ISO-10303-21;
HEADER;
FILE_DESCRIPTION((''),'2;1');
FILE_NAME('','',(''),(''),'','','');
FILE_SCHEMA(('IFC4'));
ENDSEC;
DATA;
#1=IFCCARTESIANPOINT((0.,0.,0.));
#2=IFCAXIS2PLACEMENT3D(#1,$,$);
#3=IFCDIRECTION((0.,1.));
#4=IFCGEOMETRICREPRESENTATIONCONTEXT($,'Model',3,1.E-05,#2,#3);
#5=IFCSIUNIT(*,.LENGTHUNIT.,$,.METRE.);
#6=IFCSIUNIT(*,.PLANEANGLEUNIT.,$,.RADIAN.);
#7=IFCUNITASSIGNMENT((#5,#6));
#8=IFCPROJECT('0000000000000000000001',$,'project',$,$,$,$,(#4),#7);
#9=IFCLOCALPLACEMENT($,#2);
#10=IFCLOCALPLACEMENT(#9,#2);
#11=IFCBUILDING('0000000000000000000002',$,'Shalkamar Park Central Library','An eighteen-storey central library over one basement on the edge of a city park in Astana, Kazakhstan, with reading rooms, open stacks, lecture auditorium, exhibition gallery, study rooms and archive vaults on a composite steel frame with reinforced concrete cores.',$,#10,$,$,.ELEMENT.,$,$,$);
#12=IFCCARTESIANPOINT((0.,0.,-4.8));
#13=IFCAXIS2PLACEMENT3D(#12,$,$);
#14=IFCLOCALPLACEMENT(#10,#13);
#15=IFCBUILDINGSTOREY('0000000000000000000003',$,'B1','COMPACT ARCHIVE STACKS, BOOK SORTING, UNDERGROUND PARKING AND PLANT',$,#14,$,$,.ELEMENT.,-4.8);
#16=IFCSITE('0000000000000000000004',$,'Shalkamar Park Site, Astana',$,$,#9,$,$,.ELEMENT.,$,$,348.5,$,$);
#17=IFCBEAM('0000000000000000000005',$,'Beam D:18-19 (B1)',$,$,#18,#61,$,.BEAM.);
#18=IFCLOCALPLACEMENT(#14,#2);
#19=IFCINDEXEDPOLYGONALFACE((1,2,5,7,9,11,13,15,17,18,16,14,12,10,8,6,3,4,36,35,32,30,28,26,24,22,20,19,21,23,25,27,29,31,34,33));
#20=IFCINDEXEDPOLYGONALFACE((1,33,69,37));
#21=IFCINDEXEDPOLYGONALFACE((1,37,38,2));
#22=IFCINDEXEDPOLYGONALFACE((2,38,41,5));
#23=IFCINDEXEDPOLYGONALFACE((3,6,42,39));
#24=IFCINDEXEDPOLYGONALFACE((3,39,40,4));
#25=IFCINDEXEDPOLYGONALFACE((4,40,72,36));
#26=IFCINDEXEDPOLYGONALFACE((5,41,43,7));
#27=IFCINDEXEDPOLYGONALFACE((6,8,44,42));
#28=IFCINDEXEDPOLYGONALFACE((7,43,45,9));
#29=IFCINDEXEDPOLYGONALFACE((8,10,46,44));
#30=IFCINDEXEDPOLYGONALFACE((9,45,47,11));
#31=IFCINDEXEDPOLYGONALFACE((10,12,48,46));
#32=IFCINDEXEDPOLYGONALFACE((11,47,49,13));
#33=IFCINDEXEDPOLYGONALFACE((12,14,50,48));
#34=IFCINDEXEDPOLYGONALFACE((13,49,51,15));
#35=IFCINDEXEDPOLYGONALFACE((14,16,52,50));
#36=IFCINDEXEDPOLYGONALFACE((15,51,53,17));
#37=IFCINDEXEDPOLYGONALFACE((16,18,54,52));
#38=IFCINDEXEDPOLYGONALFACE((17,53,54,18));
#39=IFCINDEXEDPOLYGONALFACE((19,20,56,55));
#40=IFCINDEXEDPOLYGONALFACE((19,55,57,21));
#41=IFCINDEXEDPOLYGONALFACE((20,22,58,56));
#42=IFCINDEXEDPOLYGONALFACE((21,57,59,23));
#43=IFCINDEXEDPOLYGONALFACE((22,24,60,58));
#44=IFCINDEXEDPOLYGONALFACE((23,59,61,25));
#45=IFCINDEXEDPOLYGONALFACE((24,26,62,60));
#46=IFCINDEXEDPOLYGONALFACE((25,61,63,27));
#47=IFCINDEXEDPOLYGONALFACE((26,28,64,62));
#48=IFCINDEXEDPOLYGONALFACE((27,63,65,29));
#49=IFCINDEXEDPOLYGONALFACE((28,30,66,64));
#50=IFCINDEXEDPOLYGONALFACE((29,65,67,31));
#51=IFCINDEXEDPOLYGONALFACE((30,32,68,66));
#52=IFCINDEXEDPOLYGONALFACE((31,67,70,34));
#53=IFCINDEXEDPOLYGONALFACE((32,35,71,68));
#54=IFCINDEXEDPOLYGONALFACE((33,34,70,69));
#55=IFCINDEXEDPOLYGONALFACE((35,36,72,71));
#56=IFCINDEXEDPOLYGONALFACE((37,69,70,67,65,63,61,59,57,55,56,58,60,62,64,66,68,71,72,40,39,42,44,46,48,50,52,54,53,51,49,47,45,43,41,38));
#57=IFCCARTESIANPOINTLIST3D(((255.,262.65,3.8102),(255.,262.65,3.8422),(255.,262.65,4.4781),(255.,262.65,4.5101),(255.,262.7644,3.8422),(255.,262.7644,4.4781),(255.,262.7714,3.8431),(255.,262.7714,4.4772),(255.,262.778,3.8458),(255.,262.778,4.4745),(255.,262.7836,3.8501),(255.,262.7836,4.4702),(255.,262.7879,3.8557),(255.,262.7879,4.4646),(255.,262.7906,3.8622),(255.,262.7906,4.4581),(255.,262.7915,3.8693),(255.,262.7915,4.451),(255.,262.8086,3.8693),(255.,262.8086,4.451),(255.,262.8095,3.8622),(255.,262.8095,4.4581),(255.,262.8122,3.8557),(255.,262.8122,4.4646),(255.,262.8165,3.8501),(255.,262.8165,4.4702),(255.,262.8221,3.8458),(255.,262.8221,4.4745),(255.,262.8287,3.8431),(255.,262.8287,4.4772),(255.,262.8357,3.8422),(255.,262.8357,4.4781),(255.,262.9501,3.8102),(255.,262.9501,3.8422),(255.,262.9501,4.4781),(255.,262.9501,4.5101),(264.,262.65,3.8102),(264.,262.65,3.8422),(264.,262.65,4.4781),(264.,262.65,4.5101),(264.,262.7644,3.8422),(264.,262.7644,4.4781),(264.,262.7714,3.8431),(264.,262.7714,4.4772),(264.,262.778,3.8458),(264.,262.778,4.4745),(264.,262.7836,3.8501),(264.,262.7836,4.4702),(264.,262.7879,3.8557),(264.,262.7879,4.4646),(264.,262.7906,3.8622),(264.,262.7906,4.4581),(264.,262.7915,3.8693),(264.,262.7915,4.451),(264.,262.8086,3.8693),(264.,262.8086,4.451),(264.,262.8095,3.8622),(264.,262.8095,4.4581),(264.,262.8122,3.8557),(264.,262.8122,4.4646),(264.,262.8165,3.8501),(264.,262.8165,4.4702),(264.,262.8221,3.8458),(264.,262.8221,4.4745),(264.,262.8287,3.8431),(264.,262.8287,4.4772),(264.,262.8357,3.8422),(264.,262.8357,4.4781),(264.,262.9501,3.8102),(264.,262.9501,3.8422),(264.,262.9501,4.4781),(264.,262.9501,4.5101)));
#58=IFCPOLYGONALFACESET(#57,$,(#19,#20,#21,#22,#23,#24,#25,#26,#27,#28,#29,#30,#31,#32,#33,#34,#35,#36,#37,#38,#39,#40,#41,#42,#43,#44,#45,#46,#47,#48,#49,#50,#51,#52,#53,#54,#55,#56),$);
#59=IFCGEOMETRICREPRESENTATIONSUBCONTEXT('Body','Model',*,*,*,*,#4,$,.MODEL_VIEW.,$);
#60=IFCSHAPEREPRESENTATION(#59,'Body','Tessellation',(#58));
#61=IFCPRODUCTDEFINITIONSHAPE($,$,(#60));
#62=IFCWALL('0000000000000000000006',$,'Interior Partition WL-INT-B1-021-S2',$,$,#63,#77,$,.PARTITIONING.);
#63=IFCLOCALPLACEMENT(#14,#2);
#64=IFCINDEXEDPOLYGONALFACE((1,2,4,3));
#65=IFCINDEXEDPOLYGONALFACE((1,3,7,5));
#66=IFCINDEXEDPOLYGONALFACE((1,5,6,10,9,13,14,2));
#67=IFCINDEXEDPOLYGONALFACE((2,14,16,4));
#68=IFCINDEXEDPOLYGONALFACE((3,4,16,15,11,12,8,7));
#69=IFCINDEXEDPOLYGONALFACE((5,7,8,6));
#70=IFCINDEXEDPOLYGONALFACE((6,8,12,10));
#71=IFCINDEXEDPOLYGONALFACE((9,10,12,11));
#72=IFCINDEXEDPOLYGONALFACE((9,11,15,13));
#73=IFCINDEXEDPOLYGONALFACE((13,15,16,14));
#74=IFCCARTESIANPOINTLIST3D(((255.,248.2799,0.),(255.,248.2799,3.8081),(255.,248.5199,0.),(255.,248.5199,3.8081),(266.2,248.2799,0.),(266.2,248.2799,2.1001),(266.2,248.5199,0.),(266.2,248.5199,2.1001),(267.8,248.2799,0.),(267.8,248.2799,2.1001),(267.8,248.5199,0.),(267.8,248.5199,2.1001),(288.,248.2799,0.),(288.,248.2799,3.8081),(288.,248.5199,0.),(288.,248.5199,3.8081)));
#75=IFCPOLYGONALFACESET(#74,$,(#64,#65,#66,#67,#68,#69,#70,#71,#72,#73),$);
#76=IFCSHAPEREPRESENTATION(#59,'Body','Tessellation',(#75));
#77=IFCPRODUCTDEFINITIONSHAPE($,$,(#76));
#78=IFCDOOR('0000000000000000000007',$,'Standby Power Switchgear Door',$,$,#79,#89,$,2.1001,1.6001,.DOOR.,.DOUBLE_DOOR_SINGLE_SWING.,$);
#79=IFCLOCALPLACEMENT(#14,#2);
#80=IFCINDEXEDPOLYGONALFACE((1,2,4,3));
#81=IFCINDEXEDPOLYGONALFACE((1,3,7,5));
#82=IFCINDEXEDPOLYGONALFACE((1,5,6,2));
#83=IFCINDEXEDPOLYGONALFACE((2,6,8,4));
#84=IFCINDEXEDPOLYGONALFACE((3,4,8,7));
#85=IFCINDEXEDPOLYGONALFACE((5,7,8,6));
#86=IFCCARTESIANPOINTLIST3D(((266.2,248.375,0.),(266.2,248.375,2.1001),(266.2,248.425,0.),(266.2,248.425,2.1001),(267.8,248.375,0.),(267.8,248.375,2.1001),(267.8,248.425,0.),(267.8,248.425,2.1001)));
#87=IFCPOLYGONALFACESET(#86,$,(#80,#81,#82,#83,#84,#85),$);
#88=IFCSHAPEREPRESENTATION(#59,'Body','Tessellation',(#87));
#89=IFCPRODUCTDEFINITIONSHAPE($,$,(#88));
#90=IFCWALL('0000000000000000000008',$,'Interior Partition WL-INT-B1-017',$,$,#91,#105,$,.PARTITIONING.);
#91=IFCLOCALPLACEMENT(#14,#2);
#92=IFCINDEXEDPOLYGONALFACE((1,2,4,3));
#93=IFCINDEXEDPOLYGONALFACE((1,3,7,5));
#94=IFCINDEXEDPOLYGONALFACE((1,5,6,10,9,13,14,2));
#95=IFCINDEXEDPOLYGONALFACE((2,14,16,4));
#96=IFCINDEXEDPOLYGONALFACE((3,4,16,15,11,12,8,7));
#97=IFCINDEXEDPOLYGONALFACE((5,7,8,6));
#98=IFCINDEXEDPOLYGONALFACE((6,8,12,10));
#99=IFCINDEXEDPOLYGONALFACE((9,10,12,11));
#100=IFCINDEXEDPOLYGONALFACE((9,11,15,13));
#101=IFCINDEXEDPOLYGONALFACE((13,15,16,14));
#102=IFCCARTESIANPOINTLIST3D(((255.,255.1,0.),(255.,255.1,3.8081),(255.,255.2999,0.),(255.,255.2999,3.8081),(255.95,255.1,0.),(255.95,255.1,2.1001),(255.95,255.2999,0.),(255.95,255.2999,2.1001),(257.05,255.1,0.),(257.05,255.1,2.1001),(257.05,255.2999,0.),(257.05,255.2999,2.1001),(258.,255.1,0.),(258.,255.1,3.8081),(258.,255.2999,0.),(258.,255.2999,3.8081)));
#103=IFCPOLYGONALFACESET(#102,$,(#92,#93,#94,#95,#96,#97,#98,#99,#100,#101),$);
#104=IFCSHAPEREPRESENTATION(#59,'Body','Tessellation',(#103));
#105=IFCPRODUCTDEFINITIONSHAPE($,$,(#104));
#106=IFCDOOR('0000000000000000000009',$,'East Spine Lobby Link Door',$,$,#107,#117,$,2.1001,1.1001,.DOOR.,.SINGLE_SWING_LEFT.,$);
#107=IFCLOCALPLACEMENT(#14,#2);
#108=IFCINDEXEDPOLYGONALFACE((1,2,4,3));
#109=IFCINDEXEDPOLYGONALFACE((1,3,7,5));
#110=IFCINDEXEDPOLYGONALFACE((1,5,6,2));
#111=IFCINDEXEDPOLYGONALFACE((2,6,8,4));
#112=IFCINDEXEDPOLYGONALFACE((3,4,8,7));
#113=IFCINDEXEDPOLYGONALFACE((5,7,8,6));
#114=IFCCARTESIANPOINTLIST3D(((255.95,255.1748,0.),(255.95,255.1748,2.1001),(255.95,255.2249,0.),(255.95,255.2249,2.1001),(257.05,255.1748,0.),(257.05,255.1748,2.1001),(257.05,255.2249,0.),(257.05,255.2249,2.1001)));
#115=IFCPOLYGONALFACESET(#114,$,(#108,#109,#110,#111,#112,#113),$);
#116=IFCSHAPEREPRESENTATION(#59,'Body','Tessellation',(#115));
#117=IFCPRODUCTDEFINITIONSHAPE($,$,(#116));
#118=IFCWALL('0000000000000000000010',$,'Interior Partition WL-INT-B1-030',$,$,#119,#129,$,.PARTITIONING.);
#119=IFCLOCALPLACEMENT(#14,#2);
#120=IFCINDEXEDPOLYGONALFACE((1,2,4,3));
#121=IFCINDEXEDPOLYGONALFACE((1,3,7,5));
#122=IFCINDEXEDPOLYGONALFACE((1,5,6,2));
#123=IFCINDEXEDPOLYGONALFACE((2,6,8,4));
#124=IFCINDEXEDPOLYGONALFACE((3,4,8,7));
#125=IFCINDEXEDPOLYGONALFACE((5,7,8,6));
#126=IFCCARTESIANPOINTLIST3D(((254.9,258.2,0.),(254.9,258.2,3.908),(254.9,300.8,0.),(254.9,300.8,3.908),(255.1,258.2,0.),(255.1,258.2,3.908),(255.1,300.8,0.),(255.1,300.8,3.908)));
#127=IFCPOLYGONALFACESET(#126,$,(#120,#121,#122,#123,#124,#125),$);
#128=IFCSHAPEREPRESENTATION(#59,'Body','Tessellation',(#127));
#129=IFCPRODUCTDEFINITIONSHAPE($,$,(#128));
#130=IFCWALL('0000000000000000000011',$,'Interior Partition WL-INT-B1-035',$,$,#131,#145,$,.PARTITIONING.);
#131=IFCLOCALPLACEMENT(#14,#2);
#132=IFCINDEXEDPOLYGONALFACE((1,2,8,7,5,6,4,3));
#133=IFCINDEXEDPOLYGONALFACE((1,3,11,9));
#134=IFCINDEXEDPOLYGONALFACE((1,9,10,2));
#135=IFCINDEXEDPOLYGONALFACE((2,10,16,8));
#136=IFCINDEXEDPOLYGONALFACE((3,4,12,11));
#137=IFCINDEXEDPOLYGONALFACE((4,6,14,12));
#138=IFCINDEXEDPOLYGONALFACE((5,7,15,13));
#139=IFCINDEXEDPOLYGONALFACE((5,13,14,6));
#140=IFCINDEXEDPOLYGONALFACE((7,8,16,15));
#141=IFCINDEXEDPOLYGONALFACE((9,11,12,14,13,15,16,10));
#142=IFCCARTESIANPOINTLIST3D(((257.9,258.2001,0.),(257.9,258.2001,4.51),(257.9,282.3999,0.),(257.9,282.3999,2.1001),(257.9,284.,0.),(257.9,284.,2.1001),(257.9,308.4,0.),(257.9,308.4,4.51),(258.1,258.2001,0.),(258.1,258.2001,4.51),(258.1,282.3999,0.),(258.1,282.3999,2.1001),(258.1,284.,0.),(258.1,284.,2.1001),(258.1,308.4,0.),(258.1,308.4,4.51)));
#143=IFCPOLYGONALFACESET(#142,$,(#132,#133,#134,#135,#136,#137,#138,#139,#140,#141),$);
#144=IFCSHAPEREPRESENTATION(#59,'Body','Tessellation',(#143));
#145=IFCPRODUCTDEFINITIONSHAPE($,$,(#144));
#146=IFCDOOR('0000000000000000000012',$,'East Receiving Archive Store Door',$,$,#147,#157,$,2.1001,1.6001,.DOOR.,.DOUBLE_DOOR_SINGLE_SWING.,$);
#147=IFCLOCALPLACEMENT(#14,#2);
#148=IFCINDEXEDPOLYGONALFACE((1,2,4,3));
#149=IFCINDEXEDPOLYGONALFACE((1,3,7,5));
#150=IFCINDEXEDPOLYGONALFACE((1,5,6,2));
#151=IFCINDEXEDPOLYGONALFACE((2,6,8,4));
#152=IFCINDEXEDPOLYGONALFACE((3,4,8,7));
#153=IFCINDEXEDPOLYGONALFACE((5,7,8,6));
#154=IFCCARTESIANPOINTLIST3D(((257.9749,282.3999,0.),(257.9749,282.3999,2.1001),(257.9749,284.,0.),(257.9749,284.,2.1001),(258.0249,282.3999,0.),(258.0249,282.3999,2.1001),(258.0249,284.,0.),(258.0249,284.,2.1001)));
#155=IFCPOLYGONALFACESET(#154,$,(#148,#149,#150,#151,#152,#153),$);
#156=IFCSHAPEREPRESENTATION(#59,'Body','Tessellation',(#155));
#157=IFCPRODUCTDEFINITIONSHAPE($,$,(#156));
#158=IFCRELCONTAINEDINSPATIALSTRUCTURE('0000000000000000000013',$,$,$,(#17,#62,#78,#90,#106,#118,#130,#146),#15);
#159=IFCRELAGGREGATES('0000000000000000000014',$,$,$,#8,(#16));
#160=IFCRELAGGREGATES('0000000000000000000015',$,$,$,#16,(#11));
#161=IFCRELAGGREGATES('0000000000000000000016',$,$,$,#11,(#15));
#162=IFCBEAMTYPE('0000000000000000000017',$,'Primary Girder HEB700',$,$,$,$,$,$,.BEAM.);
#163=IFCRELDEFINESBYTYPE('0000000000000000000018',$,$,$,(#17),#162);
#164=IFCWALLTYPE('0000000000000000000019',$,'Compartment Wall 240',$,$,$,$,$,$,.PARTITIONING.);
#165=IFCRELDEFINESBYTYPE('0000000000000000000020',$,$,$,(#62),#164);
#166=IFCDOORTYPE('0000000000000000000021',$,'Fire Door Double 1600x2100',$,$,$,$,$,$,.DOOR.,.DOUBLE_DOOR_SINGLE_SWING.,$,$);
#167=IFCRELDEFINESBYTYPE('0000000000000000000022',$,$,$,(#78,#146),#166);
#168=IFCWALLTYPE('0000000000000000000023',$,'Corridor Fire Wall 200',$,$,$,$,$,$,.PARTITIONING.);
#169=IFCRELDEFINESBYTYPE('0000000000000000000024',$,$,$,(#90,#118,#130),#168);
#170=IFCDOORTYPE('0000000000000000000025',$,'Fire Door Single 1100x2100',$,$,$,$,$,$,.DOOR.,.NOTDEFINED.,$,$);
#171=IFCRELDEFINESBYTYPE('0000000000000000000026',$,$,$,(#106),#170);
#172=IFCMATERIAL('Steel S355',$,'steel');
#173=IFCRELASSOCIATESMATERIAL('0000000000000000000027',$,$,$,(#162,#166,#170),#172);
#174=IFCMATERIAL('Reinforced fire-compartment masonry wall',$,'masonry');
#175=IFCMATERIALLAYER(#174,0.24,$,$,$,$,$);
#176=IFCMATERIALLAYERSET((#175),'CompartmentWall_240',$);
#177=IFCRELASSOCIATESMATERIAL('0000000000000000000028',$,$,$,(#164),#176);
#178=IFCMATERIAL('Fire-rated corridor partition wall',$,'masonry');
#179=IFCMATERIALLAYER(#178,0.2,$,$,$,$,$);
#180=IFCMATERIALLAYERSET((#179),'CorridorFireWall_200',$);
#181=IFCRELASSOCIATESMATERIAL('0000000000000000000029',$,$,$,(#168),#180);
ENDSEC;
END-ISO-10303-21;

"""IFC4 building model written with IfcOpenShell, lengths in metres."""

from ifc_helpers import new_model, si_unit, direction, frame, frame_2d, origin, origin_2d, place, context, subcontext, project, spatial, rectangle, i_section, extrude, material, layer, layer_set, material_profile, profile_set, type_object, element, fill, save


model = new_model("IFC4")

# Units and contexts
model_context = context("Model", 3, precision=1e-05, world=origin(), true_north=direction((0.0, 1.0)))
body_context = subcontext(model_context, "Body", "Model", "MODEL_VIEW")
ifc_project = project(units=[si_unit("LENGTHUNIT", "METRE"), si_unit("PLANEANGLEUNIT", "RADIAN")], contexts=[model_context])

# Site, building, storey
site_placement = place(None, origin())
site = spatial("IfcSite", under=ifc_project, at=site_placement, Name="Shalkamar Park Site, Astana", CompositionType="ELEMENT", RefElevation=348.5)
building_placement = place(site_placement, origin())
building = spatial("IfcBuilding", under=site, at=building_placement, Name="Shalkamar Park Central Library", Description="An eighteen-storey central library over one basement on the edge of a city park in Astana, Kazakhstan, with reading rooms, open stacks, lecture auditorium, exhibition gallery, study rooms and archive vaults on a composite steel frame with reinforced concrete cores.", CompositionType="ELEMENT")
storey_placement = place(building_placement, frame((0.0, 0.0, -4.8)))
storey = spatial("IfcBuildingStorey", under=building, at=storey_placement, Name="B1", Description="COMPACT ARCHIVE STACKS, BOOK SORTING, UNDERGROUND PARKING AND PLANT", CompositionType="ELEMENT", Elevation=-4.8)

# Shared definitions
ifc_material_1 = material(Name="Steel S355", Category="steel")

# Beam
ifc_material_profile_1 = material_profile(ifc_material_1, i_section(OverallWidth=0.3, OverallDepth=0.7, WebThickness=0.0171, FlangeThickness=0.032, FilletRadius=0.0271, at=origin_2d()), Name="HEB 700")
ifc_profile_set_1 = profile_set([ifc_material_profile_1], Name="Steel S355")
beam_type_1 = type_object("IfcBeamType", Name="Primary Girder HEB700", PredefinedType="BEAM", material=ifc_profile_set_1)
for number, where, z_axis, x_axis, name in (
    (1, (255.0, 262.8, 4.1602), (1.0, 0.0, 0.0), (0.0, 1.0, 0.0), "Beam D:18-19 (B1)"),
):
    element("IfcBeam", number, at=place(storey_placement, frame(where, z_axis=z_axis, x_axis=x_axis)), inside=storey, type_object=beam_type_1, Name=name, PredefinedType="BEAM", context=body_context, shape_type="SweptSolid", body=[
        extrude(i_section(OverallWidth=0.3, OverallDepth=0.7, WebThickness=0.0171, FlangeThickness=0.032, FilletRadius=0.0271, at=origin_2d()), origin(), (0.0, 0.0, 1.0), 9.0),
    ])

# Walls, openings, doors
ifc_material_2 = material(Name="Reinforced fire-compartment masonry wall", Category="masonry")
ifc_layer_1 = layer(ifc_material_2, 0.24)
ifc_layer_set_1 = layer_set([ifc_layer_1], Name="CompartmentWall_240")
wall_type_1 = type_object("IfcWallType", Name="Compartment Wall 240", PredefinedType="PARTITIONING", material=ifc_layer_set_1)
wall_1_placement = place(storey_placement, frame((255.0, 248.3999, 0.0), z_axis=(0.0, 0.0, 1.0), x_axis=(1.0, 0.0, 0.0)))
wall_1 = element("IfcWall", 2, at=wall_1_placement, inside=storey, type_object=wall_type_1, Name="Interior Partition WL-INT-B1-021-S2", PredefinedType="PARTITIONING", context=body_context, shape_type="SweptSolid", body=[
    extrude(rectangle(XDim=33.0, YDim=0.24, at=frame_2d((16.5, 0.0))), origin(), (0.0, 0.0, 1.0), 3.8081),
])
opening_1_placement = place(wall_1_placement, frame((11.2, 0.0, 0.0)))
opening_1 = element("IfcOpeningElement", 3, at=opening_1_placement, cuts=wall_1, PredefinedType="OPENING", context=body_context, shape_type="SweptSolid", body=[
    extrude(rectangle(XDim=1.6001, YDim=2.1001, at=frame_2d((0.8, 1.05))), frame((0.0, 0.1348, 0.0), z_axis=(0.0, -1.0, 0.0), x_axis=(1.0, 0.0, 0.0)), (0.0, 0.0, 1.0), 0.2698),
])
door_type_1 = type_object("IfcDoorType", Name="Fire Door Double 1600x2100", OperationType="DOUBLE_DOOR_SINGLE_SWING", PredefinedType="DOOR", material=ifc_material_1)
door_1_placement = place(opening_1_placement, frame((1.6001, 0.0, 0.0), z_axis=(0.0, 0.0, 1.0), x_axis=(-1.0, 0.0, 0.0)))
door_1 = element("IfcDoor", 4, at=door_1_placement, inside=storey, type_object=door_type_1, Name="Standby Power Switchgear Door", OperationType="DOUBLE_DOOR_SINGLE_SWING", OverallHeight=2.1001, OverallWidth=1.6001, PredefinedType="DOOR", context=body_context, shape_type="SweptSolid", body=[
    extrude(rectangle(XDim=1.6001, YDim=2.1001, at=frame_2d((0.8, 1.05))), frame((0.0, 0.0249, 0.0), z_axis=(0.0, -1.0, 0.0), x_axis=(1.0, 0.0, 0.0)), (0.0, 0.0, 1.0), 0.05),
])
fill(opening_1, door_1)
ifc_material_3 = material(Name="Fire-rated corridor partition wall", Category="masonry")
ifc_layer_2 = layer(ifc_material_3, 0.2)
ifc_layer_set_2 = layer_set([ifc_layer_2], Name="CorridorFireWall_200")
wall_type_2 = type_object("IfcWallType", Name="Corridor Fire Wall 200", PredefinedType="PARTITIONING", material=ifc_layer_set_2)
wall_2_placement = place(storey_placement, frame((255.0, 255.2, 0.0), z_axis=(0.0, 0.0, 1.0), x_axis=(1.0, 0.0, 0.0)))
wall_2 = element("IfcWall", 5, at=wall_2_placement, inside=storey, type_object=wall_type_2, Name="Interior Partition WL-INT-B1-017", PredefinedType="PARTITIONING", context=body_context, shape_type="SweptSolid", body=[
    extrude(rectangle(XDim=3.0, YDim=0.2, at=frame_2d((1.5, 0.0))), origin(), (0.0, 0.0, 1.0), 3.8081),
])
opening_2_placement = place(wall_2_placement, frame((0.95, 0.0, 0.0)))
opening_2 = element("IfcOpeningElement", 6, at=opening_2_placement, cuts=wall_2, PredefinedType="OPENING", context=body_context, shape_type="SweptSolid", body=[
    extrude(rectangle(XDim=1.1001, YDim=2.1001, at=frame_2d((0.55, 1.05))), frame((0.0, 0.1147, 0.0), z_axis=(0.0, -1.0, 0.0), x_axis=(1.0, 0.0, 0.0)), (0.0, 0.0, 1.0), 0.2297),
])
door_type_2 = type_object("IfcDoorType", Name="Fire Door Single 1100x2100", OperationType="NOTDEFINED", PredefinedType="DOOR", material=ifc_material_1)
door_2_placement = place(opening_2_placement, origin())
door_2 = element("IfcDoor", 7, at=door_2_placement, inside=storey, type_object=door_type_2, Name="East Spine Lobby Link Door", OperationType="SINGLE_SWING_LEFT", OverallHeight=2.1001, OverallWidth=1.1001, PredefinedType="DOOR", context=body_context, shape_type="SweptSolid", body=[
    extrude(rectangle(XDim=1.1001, YDim=2.1001, at=frame_2d((0.55, 1.05))), frame((0.0, 0.0249, 0.0), z_axis=(0.0, -1.0, 0.0), x_axis=(1.0, 0.0, 0.0)), (0.0, 0.0, 1.0), 0.05),
])
fill(opening_2, door_2)

# Wall
wall_3_placement = place(storey_placement, frame((255.0, 258.2, 0.0), z_axis=(0.0, 0.0, 1.0), x_axis=(0.0, 1.0, 0.0)))
element("IfcWall", 8, at=wall_3_placement, inside=storey, type_object=wall_type_2, Name="Interior Partition WL-INT-B1-030", PredefinedType="PARTITIONING", context=body_context, shape_type="SweptSolid", body=[
    extrude(rectangle(XDim=42.6001, YDim=0.2, at=frame_2d((21.3, 0.0))), origin(), (0.0, 0.0, 1.0), 3.908),
])

# Wall, opening, door
wall_4_placement = place(storey_placement, frame((258.0, 258.2, 0.0), z_axis=(0.0, 0.0, 1.0), x_axis=(0.0, 1.0, 0.0)))
wall_4 = element("IfcWall", 9, at=wall_4_placement, inside=storey, type_object=wall_type_2, Name="Interior Partition WL-INT-B1-035", PredefinedType="PARTITIONING", context=body_context, shape_type="SweptSolid", body=[
    extrude(rectangle(XDim=50.2, YDim=0.2, at=frame_2d((25.1001, 0.0))), origin(), (0.0, 0.0, 1.0), 4.51),
])
opening_3_placement = place(wall_4_placement, frame((24.2, 0.0, 0.0)))
opening_3 = element("IfcOpeningElement", 10, at=opening_3_placement, cuts=wall_4, PredefinedType="OPENING", context=body_context, shape_type="SweptSolid", body=[
    extrude(rectangle(XDim=1.6001, YDim=2.1001, at=frame_2d((0.8, 1.05))), frame((0.0, 0.1147, 0.0), z_axis=(0.0, -1.0, 0.0), x_axis=(1.0, 0.0, 0.0)), (0.0, 0.0, 1.0), 0.2297),
])
door_3_placement = place(opening_3_placement, frame((1.6001, 0.0, 0.0), z_axis=(0.0, 0.0, 1.0), x_axis=(-1.0, 0.0, 0.0)))
door_3 = element("IfcDoor", 11, at=door_3_placement, inside=storey, type_object=door_type_1, Name="East Receiving Archive Store Door", OperationType="DOUBLE_DOOR_SINGLE_SWING", OverallHeight=2.1001, OverallWidth=1.6001, PredefinedType="DOOR", context=body_context, shape_type="SweptSolid", body=[
    extrude(rectangle(XDim=1.6001, YDim=2.1001, at=frame_2d((0.8, 1.05))), frame((0.0, 0.0249, 0.0), z_axis=(0.0, -1.0, 0.0), x_axis=(1.0, 0.0, 0.0)), (0.0, 0.0, 1.0), 0.05),
])
fill(opening_3, door_3)

save(model, "model.ifc")
